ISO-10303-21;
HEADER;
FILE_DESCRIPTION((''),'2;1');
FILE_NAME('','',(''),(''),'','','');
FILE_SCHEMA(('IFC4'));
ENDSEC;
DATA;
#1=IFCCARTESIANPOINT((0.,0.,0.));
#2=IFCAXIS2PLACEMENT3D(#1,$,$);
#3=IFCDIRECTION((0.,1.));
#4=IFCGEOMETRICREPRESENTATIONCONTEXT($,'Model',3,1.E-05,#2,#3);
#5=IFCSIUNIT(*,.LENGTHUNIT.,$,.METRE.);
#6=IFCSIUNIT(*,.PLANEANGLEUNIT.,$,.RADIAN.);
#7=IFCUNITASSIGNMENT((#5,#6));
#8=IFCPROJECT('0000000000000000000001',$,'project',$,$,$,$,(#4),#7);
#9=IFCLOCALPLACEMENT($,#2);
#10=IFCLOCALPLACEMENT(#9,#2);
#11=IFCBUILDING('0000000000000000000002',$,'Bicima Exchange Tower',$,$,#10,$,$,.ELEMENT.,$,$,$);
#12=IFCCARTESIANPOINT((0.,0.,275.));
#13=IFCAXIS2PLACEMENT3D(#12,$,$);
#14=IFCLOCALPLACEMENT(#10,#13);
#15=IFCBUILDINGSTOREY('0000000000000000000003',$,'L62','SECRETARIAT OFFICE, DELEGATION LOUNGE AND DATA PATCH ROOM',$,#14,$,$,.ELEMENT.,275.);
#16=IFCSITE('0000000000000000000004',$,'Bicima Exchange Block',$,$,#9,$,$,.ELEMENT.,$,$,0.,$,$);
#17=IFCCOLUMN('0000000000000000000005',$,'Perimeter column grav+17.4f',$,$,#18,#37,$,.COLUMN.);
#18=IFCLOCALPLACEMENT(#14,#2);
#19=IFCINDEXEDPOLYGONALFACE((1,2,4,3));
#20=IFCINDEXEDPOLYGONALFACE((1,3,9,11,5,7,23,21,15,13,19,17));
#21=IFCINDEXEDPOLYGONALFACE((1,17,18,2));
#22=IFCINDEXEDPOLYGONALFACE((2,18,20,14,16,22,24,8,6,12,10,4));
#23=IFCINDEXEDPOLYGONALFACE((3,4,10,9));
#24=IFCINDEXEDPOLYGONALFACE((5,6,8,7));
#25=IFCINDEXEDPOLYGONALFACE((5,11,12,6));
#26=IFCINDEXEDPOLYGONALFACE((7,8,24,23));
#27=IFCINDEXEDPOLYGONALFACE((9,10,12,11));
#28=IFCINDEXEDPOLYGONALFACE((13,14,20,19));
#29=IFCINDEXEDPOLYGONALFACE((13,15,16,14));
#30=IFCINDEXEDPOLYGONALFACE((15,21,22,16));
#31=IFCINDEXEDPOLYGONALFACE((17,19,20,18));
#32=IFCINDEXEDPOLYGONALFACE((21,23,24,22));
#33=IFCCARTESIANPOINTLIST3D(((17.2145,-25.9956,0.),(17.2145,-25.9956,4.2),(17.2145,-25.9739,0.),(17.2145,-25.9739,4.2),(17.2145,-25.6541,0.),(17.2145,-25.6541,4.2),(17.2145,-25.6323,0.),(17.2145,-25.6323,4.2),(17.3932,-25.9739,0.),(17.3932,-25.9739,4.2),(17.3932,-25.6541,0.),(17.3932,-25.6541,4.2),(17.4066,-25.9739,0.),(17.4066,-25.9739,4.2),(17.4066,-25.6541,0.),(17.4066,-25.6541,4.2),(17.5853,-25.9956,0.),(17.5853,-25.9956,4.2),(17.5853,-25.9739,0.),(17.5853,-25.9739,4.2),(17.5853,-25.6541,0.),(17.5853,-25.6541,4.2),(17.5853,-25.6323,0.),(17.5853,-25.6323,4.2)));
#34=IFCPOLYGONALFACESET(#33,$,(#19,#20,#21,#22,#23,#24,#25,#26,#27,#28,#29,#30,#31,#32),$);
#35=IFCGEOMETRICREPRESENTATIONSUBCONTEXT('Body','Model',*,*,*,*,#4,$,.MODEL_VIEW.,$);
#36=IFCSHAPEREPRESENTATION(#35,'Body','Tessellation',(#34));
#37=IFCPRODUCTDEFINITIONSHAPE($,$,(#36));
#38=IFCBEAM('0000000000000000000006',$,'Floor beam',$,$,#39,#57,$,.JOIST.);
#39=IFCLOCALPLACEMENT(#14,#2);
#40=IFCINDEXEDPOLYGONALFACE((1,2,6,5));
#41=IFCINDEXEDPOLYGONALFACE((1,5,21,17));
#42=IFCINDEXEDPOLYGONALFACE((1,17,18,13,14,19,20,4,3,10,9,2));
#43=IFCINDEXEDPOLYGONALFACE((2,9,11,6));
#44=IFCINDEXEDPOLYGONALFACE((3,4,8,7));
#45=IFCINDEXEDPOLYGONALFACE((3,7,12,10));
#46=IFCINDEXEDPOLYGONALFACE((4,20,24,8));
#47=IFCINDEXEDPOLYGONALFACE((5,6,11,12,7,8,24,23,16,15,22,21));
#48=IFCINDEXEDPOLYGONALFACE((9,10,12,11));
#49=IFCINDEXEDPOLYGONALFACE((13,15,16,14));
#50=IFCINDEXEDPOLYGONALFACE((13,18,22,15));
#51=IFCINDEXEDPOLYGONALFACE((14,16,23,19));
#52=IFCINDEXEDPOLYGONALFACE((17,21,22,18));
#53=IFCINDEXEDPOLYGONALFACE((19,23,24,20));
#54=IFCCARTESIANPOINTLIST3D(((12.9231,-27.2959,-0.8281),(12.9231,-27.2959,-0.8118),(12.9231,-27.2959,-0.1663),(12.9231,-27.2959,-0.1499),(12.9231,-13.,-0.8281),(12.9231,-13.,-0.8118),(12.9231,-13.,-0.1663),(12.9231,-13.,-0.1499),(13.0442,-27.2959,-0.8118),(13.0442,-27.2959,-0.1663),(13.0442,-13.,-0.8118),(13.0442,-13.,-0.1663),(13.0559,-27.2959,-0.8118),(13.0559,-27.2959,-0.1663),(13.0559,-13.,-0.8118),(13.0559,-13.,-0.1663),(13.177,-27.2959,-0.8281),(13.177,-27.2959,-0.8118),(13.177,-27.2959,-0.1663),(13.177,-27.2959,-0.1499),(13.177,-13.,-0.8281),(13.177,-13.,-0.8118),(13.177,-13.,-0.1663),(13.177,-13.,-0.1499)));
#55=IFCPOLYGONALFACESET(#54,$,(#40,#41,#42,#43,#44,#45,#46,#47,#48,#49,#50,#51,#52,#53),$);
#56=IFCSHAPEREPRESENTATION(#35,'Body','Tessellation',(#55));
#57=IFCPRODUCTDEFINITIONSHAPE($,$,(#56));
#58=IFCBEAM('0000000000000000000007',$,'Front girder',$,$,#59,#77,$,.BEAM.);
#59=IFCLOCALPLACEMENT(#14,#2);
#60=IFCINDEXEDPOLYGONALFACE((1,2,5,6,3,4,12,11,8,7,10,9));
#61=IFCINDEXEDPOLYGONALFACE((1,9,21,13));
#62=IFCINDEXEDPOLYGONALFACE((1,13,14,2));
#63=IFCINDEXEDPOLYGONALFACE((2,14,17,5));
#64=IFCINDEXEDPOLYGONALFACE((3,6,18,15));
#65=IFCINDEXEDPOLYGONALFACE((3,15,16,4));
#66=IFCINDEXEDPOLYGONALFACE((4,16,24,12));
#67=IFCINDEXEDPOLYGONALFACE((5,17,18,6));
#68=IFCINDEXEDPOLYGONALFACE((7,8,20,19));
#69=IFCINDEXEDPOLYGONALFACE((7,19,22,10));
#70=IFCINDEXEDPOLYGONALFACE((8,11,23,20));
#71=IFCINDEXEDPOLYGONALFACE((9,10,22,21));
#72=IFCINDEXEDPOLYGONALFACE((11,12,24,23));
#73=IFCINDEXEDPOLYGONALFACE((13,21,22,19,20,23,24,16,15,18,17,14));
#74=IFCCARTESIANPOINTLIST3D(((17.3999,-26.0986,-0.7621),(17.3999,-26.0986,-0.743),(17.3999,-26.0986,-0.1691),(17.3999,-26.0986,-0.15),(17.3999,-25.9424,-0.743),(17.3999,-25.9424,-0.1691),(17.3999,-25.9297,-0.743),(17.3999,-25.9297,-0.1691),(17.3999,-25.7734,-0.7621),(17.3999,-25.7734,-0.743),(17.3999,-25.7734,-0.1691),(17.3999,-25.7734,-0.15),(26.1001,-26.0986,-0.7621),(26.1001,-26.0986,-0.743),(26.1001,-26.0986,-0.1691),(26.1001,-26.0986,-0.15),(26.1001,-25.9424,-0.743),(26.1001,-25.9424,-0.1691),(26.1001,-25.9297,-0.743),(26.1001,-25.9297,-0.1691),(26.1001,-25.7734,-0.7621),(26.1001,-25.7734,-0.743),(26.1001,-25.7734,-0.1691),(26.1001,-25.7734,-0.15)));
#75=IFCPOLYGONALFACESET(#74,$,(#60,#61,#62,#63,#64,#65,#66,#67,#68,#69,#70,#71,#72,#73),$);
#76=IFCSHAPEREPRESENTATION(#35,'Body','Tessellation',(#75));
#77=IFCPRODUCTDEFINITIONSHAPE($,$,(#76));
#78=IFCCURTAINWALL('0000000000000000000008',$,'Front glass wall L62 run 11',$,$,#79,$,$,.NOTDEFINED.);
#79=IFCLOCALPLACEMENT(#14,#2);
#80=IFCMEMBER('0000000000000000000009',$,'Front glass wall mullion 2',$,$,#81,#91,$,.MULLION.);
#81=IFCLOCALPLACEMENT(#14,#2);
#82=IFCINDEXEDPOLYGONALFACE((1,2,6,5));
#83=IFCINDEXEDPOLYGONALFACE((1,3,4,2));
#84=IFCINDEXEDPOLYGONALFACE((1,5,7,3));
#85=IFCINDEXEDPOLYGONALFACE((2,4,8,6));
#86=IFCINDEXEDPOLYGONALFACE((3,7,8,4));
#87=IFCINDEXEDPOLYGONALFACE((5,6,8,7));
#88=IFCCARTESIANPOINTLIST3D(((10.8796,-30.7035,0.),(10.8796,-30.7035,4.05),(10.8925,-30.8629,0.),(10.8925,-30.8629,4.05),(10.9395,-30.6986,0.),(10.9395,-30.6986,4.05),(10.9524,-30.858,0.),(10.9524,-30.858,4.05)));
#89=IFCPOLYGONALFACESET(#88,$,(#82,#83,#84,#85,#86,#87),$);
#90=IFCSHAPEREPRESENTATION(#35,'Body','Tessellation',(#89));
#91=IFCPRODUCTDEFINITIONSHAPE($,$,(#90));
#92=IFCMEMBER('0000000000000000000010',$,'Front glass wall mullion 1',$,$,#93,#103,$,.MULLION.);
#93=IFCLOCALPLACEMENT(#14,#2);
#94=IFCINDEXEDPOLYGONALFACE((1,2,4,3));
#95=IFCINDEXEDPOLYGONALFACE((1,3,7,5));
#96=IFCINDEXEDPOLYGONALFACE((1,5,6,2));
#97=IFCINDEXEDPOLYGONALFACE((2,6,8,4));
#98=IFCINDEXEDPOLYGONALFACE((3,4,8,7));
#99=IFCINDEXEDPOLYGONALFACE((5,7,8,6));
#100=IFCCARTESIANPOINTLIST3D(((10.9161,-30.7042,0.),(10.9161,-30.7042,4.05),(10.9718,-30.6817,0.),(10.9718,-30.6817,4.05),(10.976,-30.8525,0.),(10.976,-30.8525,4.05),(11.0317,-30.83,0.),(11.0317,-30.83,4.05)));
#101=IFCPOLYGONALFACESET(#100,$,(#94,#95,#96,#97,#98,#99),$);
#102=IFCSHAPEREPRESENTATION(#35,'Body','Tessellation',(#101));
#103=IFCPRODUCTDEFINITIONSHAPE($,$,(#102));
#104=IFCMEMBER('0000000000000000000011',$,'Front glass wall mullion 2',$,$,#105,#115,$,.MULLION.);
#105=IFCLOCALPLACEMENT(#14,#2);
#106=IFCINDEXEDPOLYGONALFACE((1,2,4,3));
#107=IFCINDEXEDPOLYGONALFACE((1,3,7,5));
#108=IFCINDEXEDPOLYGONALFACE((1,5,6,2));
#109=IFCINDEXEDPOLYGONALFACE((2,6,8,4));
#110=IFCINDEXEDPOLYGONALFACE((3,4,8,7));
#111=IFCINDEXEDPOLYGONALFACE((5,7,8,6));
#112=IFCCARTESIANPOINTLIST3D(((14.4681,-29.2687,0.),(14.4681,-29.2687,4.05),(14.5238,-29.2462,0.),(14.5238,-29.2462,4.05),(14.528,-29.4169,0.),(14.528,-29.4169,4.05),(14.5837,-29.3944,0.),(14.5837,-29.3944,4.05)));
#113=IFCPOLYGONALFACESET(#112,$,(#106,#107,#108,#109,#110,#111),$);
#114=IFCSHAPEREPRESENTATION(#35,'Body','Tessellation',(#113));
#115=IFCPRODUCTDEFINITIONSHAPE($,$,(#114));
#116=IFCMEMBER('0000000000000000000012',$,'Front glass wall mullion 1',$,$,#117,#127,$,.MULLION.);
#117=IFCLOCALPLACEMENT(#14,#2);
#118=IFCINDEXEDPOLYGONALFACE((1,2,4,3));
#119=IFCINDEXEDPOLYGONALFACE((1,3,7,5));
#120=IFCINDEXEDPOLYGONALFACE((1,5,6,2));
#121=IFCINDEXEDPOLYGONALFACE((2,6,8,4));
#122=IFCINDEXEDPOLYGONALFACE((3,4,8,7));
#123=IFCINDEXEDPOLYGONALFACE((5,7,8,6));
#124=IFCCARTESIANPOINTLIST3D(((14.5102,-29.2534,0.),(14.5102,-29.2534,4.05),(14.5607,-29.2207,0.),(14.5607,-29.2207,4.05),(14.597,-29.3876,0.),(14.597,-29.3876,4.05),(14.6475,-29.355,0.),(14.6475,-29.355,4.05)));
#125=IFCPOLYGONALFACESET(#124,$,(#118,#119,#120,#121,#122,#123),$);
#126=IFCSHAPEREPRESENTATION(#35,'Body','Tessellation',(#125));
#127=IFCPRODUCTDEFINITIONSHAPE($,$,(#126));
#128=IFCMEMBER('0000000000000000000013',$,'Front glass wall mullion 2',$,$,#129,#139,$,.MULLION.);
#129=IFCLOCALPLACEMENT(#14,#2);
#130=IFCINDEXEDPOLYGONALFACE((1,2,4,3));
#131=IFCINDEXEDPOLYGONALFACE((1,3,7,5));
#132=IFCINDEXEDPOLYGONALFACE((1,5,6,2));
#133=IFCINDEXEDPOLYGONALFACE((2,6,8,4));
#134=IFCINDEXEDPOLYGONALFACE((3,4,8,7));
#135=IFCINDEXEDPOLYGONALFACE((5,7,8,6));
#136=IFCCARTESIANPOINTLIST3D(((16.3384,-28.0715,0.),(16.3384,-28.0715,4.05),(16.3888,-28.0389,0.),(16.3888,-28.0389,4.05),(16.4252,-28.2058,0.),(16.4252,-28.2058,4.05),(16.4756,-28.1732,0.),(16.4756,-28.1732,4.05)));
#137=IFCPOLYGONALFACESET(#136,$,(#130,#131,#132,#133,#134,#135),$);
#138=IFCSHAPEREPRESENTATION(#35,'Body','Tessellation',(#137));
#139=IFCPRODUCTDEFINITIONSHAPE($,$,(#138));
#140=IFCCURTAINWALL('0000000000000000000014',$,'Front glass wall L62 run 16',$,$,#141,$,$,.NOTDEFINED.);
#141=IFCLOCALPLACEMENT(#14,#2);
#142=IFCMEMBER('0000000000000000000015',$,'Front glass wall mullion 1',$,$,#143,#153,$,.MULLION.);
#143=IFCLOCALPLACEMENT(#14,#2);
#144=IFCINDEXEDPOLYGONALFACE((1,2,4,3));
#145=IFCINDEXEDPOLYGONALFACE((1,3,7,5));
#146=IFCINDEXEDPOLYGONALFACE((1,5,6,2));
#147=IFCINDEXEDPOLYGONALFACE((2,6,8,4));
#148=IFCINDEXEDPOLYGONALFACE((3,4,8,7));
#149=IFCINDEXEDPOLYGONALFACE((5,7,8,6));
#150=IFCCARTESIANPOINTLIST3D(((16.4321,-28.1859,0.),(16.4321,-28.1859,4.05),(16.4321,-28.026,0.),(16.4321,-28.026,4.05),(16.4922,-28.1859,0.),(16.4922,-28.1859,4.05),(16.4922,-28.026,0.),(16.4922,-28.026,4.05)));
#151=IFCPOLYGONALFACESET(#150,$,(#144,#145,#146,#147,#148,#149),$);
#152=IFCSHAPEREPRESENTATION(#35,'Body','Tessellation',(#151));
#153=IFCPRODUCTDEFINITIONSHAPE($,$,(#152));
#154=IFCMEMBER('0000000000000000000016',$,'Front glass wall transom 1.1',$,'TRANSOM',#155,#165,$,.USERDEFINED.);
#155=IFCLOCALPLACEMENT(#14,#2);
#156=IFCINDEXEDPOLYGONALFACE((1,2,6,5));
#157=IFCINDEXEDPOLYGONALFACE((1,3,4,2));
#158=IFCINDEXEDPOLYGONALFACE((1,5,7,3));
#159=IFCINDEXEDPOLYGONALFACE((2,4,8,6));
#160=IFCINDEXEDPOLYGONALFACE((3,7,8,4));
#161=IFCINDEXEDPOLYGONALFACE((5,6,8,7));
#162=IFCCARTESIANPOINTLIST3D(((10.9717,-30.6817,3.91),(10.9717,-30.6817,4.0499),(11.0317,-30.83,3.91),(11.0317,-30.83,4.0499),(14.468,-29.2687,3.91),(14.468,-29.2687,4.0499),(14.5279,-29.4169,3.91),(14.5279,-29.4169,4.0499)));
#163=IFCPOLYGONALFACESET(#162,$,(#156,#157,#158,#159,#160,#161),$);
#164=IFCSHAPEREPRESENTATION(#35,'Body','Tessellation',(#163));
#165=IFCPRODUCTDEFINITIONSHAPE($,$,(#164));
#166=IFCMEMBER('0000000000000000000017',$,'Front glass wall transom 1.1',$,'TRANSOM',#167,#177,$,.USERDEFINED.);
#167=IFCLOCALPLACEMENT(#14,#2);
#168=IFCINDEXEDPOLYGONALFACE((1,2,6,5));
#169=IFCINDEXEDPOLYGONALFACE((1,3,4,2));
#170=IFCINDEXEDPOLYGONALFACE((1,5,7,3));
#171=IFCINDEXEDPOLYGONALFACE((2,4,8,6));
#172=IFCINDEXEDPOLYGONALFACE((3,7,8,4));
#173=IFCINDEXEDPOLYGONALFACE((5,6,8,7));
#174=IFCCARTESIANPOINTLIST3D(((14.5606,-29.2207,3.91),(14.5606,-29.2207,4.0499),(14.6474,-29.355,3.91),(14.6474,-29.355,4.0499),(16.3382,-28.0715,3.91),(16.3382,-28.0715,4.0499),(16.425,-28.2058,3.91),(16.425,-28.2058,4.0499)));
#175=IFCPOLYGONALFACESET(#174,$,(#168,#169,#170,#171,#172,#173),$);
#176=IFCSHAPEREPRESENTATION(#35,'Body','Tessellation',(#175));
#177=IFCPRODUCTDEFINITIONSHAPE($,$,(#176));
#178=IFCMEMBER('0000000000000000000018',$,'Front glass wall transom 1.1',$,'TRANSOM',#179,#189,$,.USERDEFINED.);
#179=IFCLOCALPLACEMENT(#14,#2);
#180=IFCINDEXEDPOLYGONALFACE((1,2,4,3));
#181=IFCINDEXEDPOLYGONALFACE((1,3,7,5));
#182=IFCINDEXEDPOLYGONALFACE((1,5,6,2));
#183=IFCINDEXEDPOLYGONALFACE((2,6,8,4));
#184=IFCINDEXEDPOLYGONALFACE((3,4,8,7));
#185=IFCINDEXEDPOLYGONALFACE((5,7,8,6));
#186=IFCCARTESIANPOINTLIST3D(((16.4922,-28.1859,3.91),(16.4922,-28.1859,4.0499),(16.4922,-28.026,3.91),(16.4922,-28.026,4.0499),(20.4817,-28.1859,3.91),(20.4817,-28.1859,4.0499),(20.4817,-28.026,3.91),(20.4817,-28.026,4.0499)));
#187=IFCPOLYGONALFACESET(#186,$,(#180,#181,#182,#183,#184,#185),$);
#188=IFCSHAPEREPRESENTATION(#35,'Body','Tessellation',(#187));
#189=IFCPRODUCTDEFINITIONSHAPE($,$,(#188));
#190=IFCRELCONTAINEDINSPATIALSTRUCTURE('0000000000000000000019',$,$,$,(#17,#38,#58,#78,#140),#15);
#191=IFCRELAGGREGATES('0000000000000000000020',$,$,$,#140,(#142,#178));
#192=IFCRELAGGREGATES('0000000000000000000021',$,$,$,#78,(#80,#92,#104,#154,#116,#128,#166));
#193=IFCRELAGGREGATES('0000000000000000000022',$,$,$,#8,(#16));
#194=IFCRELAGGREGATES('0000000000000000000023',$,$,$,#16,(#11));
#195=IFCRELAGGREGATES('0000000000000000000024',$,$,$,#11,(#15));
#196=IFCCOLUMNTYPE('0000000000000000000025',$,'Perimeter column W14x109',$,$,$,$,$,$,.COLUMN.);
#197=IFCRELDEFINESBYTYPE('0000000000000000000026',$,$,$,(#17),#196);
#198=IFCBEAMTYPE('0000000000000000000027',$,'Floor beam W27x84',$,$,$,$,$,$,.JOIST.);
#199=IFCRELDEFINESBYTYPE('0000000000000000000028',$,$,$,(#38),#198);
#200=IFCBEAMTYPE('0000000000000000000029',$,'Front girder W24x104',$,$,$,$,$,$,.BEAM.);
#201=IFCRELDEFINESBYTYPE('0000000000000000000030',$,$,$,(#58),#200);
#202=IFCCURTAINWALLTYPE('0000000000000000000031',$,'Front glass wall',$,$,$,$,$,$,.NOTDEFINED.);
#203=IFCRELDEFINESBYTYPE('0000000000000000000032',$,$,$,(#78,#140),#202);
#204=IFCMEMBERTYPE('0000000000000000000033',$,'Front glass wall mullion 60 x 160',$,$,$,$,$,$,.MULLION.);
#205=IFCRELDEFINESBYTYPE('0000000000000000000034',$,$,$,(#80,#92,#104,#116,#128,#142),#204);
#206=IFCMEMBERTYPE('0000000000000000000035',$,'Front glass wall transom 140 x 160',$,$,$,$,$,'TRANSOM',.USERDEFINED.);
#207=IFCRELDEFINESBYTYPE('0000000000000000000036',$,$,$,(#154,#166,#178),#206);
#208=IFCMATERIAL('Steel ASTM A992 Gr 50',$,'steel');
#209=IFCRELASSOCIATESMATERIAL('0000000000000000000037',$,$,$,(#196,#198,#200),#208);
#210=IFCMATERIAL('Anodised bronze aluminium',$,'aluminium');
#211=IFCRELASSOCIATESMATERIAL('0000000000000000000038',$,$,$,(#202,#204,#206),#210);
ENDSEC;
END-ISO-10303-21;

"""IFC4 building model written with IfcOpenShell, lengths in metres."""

from ifc_helpers import new_model, si_unit, direction, frame, origin, origin_2d, place, context, subcontext, project, spatial, rectangle, i_section, extrude, material, material_profile, profile_set, type_object, element, aggregate, save


model = new_model("IFC4")

# Units and contexts
model_context = context("Model", 3, precision=1e-05, world=origin(), true_north=direction((0.0, 1.0)))
body_context = subcontext(model_context, "Body", "Model", "MODEL_VIEW")
ifc_project = project(units=[si_unit("LENGTHUNIT", "METRE"), si_unit("PLANEANGLEUNIT", "RADIAN")], contexts=[model_context])

# Site, building, storey
site_placement = place(None, origin())
site = spatial("IfcSite", under=ifc_project, at=site_placement, Name="Bicima Exchange Block", CompositionType="ELEMENT", RefElevation=0.0)
building_placement = place(site_placement, origin())
building = spatial("IfcBuilding", under=site, at=building_placement, Name="Bicima Exchange Tower", CompositionType="ELEMENT")
storey_placement = place(building_placement, frame((0.0, 0.0, 275.0)))
storey = spatial("IfcBuildingStorey", under=building, at=storey_placement, Name="L62", Description="SECRETARIAT OFFICE, DELEGATION LOUNGE AND DATA PATCH ROOM", CompositionType="ELEMENT", Elevation=275.0)

# Column
ifc_material_1 = material(Name="Steel ASTM A992 Gr 50", Category="steel")
ifc_material_profile_1 = material_profile(ifc_material_1, i_section(OverallWidth=0.3708, OverallDepth=0.3633, WebThickness=0.0134, FlangeThickness=0.0217, at=origin_2d()))
ifc_profile_set_1 = profile_set([ifc_material_profile_1], Name="Steel ASTM A992 Gr 50")
column_type = type_object("IfcColumnType", Name="Perimeter column W14x109", PredefinedType="COLUMN", material=ifc_profile_set_1)
column_placement = place(storey_placement, frame((17.3999, -25.814, 0.0), z_axis=(0.0, 0.0, 1.0), x_axis=(1.0, 0.0, 0.0)))
element("IfcColumn", 1, at=column_placement, inside=storey, type_object=column_type, Name="Perimeter column grav+17.4f", PredefinedType="COLUMN", context=body_context, shape_type="SweptSolid", body=[
    extrude(i_section(OverallWidth=0.3708, OverallDepth=0.3633, WebThickness=0.0134, FlangeThickness=0.0217, at=origin_2d()), origin(), (0.0, 0.0, 1.0), 4.2),
])

# Beams
ifc_material_profile_2 = material_profile(ifc_material_1, i_section(OverallWidth=0.2539, OverallDepth=0.6782, WebThickness=0.0117, FlangeThickness=0.0164, at=origin_2d()))
ifc_profile_set_2 = profile_set([ifc_material_profile_2], Name="Steel ASTM A992 Gr 50")
beam_type_1 = type_object("IfcBeamType", Name="Floor beam W27x84", PredefinedType="JOIST", material=ifc_profile_set_2)
beam_1_placement = place(storey_placement, frame((13.05, -13.0, -0.489), z_axis=(0.0, -1.0, 0.0), x_axis=(1.0, 0.0, 0.0)))
element("IfcBeam", 2, at=beam_1_placement, inside=storey, type_object=beam_type_1, Name="Floor beam", PredefinedType="JOIST", context=body_context, shape_type="SweptSolid", body=[
    extrude(i_section(OverallWidth=0.2539, OverallDepth=0.6782, WebThickness=0.0117, FlangeThickness=0.0164, at=origin_2d()), origin(), (0.0, 0.0, 1.0), 14.2959),
])
ifc_material_profile_3 = material_profile(ifc_material_1, i_section(OverallWidth=0.3252, OverallDepth=0.6121, WebThickness=0.0127, FlangeThickness=0.019, at=origin_2d()))
ifc_profile_set_3 = profile_set([ifc_material_profile_3], Name="Steel ASTM A992 Gr 50")
beam_type_2 = type_object("IfcBeamType", Name="Front girder W24x104", PredefinedType="BEAM", material=ifc_profile_set_3)
beam_2_placement = place(storey_placement, frame((17.3999, -25.936, -0.4561), z_axis=(1.0, 0.0, 0.0), x_axis=(0.0, 1.0, 0.0)))
element("IfcBeam", 3, at=beam_2_placement, inside=storey, type_object=beam_type_2, Name="Front girder", PredefinedType="BEAM", context=body_context, shape_type="SweptSolid", body=[
    extrude(i_section(OverallWidth=0.3252, OverallDepth=0.6121, WebThickness=0.0127, FlangeThickness=0.019, at=origin_2d()), origin(), (0.0, 0.0, 1.0), 8.7002),
])

# Curtain wall, members
ifc_material_2 = material(Name="Anodised bronze aluminium", Category="aluminium")
curtain_wall_type = type_object("IfcCurtainWallType", Name="Front glass wall", PredefinedType="NOTDEFINED", material=ifc_material_2)
curtain_wall_1_placement = place(storey_placement, origin())
curtain_wall_1 = element("IfcCurtainWall", 4, at=curtain_wall_1_placement, inside=storey, type_object=curtain_wall_type, Name="Front glass wall L62 run 11", PredefinedType="NOTDEFINED")
ifc_material_profile_4 = material_profile(ifc_material_2, rectangle(XDim=0.1599, YDim=0.0601, at=origin_2d()))
ifc_profile_set_4 = profile_set([ifc_material_profile_4], Name="Anodised bronze aluminium")
member_type_1 = type_object("IfcMemberType", Name="Front glass wall mullion 60 x 160", PredefinedType="MULLION", material=ifc_profile_set_4)
member_1_placement = place(storey_placement, frame((10.916, -30.7808, 0.0), z_axis=(0.0, 0.0, 1.0), x_axis=(-0.080589, 0.996747, 0.0)))
member_1 = element("IfcMember", 5, at=member_1_placement, type_object=member_type_1, Name="Front glass wall mullion 2", PredefinedType="MULLION", context=body_context, shape_type="SweptSolid", body=[
    extrude(rectangle(XDim=0.1599, YDim=0.0601, at=origin_2d()), origin(), (0.0, 0.0, 1.0), 4.05),
])
member_2_placement = place(storey_placement, frame((10.9739, -30.7671, 0.0), z_axis=(0.0, 0.0, 1.0), x_axis=(-0.374705, 0.927144, 0.0)))
member_2 = element("IfcMember", 6, at=member_2_placement, type_object=member_type_1, Name="Front glass wall mullion 1", PredefinedType="MULLION", context=body_context, shape_type="SweptSolid", body=[
    extrude(rectangle(XDim=0.1599, YDim=0.0601, at=origin_2d()), origin(), (0.0, 0.0, 1.0), 4.05),
])
member_3_placement = place(storey_placement, frame((14.5259, -29.3315, 0.0), z_axis=(0.0, 0.0, 1.0), x_axis=(-0.374705, 0.927144, 0.0)))
member_3 = element("IfcMember", 7, at=member_3_placement, type_object=member_type_1, Name="Front glass wall mullion 2", PredefinedType="MULLION", context=body_context, shape_type="SweptSolid", body=[
    extrude(rectangle(XDim=0.1599, YDim=0.0601, at=origin_2d()), origin(), (0.0, 0.0, 1.0), 4.05),
])
member_4_placement = place(storey_placement, frame((14.5789, -29.3042, 0.0), z_axis=(0.0, 0.0, 1.0), x_axis=(-0.542909, 0.839791, 0.0)))
member_4 = element("IfcMember", 8, at=member_4_placement, type_object=member_type_1, Name="Front glass wall mullion 1", PredefinedType="MULLION", context=body_context, shape_type="SweptSolid", body=[
    extrude(rectangle(XDim=0.1599, YDim=0.0601, at=origin_2d()), origin(), (0.0, 0.0, 1.0), 4.05),
])
member_5_placement = place(storey_placement, frame((16.407, -28.1223, 0.0), z_axis=(0.0, 0.0, 1.0), x_axis=(-0.542909, 0.839791, 0.0)))
member_5 = element("IfcMember", 9, at=member_5_placement, type_object=member_type_1, Name="Front glass wall mullion 2", PredefinedType="MULLION", context=body_context, shape_type="SweptSolid", body=[
    extrude(rectangle(XDim=0.1599, YDim=0.0601, at=origin_2d()), origin(), (0.0, 0.0, 1.0), 4.05),
])

# Curtain wall, member
curtain_wall_2_placement = place(storey_placement, origin())
curtain_wall_2 = element("IfcCurtainWall", 10, at=curtain_wall_2_placement, inside=storey, type_object=curtain_wall_type, Name="Front glass wall L62 run 16", PredefinedType="NOTDEFINED")
member_6_placement = place(storey_placement, frame((16.4622, -28.106, 0.0), z_axis=(0.0, 0.0, 1.0), x_axis=(0.0, 1.0, 0.0)))
member_6 = element("IfcMember", 11, at=member_6_placement, type_object=member_type_1, Name="Front glass wall mullion 1", PredefinedType="MULLION", context=body_context, shape_type="SweptSolid", body=[
    extrude(rectangle(XDim=0.1599, YDim=0.0601, at=origin_2d()), origin(), (0.0, 0.0, 1.0), 4.05),
])

# Members
ifc_material_profile_5 = material_profile(ifc_material_2, rectangle(XDim=0.1599, YDim=0.1399, at=origin_2d()))
ifc_profile_set_5 = profile_set([ifc_material_profile_5], Name="Anodised bronze aluminium")
member_type_2 = type_object("IfcMemberType", Name="Front glass wall transom 140 x 160", ElementType="TRANSOM", PredefinedType="USERDEFINED", material=ifc_profile_set_5)
member_7_placement = place(storey_placement, frame((11.0017, -30.7559, 3.98), z_axis=(0.92714, 0.374715, 0.0), x_axis=(-0.374715, 0.92714, 0.0)))
member_7 = element("IfcMember", 12, at=member_7_placement, type_object=member_type_2, Name="Front glass wall transom 1.1", ObjectType="TRANSOM", PredefinedType="USERDEFINED", context=body_context, shape_type="SweptSolid", body=[
    extrude(rectangle(XDim=0.1599, YDim=0.1399, at=origin_2d()), origin(), (0.0, 0.0, 1.0), 3.771),
])
member_8_placement = place(storey_placement, frame((14.604, -29.2878, 3.98), z_axis=(0.839793, 0.542907, 0.0), x_axis=(-0.542907, 0.839793, 0.0)))
member_8 = element("IfcMember", 13, at=member_8_placement, type_object=member_type_2, Name="Front glass wall transom 1.1", ObjectType="TRANSOM", PredefinedType="USERDEFINED", context=body_context, shape_type="SweptSolid", body=[
    extrude(rectangle(XDim=0.1599, YDim=0.1399, at=origin_2d()), origin(), (0.0, 0.0, 1.0), 2.1167),
])
member_9_placement = place(storey_placement, frame((16.4922, -28.106, 3.98), z_axis=(1.0, 0.0, 0.0), x_axis=(0.0, 1.0, 0.0)))
member_9 = element("IfcMember", 14, at=member_9_placement, type_object=member_type_2, Name="Front glass wall transom 1.1", ObjectType="TRANSOM", PredefinedType="USERDEFINED", context=body_context, shape_type="SweptSolid", body=[
    extrude(rectangle(XDim=0.1599, YDim=0.1399, at=origin_2d()), origin(), (0.0, 0.0, 1.0), 3.9895),
])

aggregate(curtain_wall_2, [member_6, member_9])
aggregate(curtain_wall_1, [member_1, member_2, member_3, member_7, member_4, member_5, member_8])

save(model, "model.ifc")
